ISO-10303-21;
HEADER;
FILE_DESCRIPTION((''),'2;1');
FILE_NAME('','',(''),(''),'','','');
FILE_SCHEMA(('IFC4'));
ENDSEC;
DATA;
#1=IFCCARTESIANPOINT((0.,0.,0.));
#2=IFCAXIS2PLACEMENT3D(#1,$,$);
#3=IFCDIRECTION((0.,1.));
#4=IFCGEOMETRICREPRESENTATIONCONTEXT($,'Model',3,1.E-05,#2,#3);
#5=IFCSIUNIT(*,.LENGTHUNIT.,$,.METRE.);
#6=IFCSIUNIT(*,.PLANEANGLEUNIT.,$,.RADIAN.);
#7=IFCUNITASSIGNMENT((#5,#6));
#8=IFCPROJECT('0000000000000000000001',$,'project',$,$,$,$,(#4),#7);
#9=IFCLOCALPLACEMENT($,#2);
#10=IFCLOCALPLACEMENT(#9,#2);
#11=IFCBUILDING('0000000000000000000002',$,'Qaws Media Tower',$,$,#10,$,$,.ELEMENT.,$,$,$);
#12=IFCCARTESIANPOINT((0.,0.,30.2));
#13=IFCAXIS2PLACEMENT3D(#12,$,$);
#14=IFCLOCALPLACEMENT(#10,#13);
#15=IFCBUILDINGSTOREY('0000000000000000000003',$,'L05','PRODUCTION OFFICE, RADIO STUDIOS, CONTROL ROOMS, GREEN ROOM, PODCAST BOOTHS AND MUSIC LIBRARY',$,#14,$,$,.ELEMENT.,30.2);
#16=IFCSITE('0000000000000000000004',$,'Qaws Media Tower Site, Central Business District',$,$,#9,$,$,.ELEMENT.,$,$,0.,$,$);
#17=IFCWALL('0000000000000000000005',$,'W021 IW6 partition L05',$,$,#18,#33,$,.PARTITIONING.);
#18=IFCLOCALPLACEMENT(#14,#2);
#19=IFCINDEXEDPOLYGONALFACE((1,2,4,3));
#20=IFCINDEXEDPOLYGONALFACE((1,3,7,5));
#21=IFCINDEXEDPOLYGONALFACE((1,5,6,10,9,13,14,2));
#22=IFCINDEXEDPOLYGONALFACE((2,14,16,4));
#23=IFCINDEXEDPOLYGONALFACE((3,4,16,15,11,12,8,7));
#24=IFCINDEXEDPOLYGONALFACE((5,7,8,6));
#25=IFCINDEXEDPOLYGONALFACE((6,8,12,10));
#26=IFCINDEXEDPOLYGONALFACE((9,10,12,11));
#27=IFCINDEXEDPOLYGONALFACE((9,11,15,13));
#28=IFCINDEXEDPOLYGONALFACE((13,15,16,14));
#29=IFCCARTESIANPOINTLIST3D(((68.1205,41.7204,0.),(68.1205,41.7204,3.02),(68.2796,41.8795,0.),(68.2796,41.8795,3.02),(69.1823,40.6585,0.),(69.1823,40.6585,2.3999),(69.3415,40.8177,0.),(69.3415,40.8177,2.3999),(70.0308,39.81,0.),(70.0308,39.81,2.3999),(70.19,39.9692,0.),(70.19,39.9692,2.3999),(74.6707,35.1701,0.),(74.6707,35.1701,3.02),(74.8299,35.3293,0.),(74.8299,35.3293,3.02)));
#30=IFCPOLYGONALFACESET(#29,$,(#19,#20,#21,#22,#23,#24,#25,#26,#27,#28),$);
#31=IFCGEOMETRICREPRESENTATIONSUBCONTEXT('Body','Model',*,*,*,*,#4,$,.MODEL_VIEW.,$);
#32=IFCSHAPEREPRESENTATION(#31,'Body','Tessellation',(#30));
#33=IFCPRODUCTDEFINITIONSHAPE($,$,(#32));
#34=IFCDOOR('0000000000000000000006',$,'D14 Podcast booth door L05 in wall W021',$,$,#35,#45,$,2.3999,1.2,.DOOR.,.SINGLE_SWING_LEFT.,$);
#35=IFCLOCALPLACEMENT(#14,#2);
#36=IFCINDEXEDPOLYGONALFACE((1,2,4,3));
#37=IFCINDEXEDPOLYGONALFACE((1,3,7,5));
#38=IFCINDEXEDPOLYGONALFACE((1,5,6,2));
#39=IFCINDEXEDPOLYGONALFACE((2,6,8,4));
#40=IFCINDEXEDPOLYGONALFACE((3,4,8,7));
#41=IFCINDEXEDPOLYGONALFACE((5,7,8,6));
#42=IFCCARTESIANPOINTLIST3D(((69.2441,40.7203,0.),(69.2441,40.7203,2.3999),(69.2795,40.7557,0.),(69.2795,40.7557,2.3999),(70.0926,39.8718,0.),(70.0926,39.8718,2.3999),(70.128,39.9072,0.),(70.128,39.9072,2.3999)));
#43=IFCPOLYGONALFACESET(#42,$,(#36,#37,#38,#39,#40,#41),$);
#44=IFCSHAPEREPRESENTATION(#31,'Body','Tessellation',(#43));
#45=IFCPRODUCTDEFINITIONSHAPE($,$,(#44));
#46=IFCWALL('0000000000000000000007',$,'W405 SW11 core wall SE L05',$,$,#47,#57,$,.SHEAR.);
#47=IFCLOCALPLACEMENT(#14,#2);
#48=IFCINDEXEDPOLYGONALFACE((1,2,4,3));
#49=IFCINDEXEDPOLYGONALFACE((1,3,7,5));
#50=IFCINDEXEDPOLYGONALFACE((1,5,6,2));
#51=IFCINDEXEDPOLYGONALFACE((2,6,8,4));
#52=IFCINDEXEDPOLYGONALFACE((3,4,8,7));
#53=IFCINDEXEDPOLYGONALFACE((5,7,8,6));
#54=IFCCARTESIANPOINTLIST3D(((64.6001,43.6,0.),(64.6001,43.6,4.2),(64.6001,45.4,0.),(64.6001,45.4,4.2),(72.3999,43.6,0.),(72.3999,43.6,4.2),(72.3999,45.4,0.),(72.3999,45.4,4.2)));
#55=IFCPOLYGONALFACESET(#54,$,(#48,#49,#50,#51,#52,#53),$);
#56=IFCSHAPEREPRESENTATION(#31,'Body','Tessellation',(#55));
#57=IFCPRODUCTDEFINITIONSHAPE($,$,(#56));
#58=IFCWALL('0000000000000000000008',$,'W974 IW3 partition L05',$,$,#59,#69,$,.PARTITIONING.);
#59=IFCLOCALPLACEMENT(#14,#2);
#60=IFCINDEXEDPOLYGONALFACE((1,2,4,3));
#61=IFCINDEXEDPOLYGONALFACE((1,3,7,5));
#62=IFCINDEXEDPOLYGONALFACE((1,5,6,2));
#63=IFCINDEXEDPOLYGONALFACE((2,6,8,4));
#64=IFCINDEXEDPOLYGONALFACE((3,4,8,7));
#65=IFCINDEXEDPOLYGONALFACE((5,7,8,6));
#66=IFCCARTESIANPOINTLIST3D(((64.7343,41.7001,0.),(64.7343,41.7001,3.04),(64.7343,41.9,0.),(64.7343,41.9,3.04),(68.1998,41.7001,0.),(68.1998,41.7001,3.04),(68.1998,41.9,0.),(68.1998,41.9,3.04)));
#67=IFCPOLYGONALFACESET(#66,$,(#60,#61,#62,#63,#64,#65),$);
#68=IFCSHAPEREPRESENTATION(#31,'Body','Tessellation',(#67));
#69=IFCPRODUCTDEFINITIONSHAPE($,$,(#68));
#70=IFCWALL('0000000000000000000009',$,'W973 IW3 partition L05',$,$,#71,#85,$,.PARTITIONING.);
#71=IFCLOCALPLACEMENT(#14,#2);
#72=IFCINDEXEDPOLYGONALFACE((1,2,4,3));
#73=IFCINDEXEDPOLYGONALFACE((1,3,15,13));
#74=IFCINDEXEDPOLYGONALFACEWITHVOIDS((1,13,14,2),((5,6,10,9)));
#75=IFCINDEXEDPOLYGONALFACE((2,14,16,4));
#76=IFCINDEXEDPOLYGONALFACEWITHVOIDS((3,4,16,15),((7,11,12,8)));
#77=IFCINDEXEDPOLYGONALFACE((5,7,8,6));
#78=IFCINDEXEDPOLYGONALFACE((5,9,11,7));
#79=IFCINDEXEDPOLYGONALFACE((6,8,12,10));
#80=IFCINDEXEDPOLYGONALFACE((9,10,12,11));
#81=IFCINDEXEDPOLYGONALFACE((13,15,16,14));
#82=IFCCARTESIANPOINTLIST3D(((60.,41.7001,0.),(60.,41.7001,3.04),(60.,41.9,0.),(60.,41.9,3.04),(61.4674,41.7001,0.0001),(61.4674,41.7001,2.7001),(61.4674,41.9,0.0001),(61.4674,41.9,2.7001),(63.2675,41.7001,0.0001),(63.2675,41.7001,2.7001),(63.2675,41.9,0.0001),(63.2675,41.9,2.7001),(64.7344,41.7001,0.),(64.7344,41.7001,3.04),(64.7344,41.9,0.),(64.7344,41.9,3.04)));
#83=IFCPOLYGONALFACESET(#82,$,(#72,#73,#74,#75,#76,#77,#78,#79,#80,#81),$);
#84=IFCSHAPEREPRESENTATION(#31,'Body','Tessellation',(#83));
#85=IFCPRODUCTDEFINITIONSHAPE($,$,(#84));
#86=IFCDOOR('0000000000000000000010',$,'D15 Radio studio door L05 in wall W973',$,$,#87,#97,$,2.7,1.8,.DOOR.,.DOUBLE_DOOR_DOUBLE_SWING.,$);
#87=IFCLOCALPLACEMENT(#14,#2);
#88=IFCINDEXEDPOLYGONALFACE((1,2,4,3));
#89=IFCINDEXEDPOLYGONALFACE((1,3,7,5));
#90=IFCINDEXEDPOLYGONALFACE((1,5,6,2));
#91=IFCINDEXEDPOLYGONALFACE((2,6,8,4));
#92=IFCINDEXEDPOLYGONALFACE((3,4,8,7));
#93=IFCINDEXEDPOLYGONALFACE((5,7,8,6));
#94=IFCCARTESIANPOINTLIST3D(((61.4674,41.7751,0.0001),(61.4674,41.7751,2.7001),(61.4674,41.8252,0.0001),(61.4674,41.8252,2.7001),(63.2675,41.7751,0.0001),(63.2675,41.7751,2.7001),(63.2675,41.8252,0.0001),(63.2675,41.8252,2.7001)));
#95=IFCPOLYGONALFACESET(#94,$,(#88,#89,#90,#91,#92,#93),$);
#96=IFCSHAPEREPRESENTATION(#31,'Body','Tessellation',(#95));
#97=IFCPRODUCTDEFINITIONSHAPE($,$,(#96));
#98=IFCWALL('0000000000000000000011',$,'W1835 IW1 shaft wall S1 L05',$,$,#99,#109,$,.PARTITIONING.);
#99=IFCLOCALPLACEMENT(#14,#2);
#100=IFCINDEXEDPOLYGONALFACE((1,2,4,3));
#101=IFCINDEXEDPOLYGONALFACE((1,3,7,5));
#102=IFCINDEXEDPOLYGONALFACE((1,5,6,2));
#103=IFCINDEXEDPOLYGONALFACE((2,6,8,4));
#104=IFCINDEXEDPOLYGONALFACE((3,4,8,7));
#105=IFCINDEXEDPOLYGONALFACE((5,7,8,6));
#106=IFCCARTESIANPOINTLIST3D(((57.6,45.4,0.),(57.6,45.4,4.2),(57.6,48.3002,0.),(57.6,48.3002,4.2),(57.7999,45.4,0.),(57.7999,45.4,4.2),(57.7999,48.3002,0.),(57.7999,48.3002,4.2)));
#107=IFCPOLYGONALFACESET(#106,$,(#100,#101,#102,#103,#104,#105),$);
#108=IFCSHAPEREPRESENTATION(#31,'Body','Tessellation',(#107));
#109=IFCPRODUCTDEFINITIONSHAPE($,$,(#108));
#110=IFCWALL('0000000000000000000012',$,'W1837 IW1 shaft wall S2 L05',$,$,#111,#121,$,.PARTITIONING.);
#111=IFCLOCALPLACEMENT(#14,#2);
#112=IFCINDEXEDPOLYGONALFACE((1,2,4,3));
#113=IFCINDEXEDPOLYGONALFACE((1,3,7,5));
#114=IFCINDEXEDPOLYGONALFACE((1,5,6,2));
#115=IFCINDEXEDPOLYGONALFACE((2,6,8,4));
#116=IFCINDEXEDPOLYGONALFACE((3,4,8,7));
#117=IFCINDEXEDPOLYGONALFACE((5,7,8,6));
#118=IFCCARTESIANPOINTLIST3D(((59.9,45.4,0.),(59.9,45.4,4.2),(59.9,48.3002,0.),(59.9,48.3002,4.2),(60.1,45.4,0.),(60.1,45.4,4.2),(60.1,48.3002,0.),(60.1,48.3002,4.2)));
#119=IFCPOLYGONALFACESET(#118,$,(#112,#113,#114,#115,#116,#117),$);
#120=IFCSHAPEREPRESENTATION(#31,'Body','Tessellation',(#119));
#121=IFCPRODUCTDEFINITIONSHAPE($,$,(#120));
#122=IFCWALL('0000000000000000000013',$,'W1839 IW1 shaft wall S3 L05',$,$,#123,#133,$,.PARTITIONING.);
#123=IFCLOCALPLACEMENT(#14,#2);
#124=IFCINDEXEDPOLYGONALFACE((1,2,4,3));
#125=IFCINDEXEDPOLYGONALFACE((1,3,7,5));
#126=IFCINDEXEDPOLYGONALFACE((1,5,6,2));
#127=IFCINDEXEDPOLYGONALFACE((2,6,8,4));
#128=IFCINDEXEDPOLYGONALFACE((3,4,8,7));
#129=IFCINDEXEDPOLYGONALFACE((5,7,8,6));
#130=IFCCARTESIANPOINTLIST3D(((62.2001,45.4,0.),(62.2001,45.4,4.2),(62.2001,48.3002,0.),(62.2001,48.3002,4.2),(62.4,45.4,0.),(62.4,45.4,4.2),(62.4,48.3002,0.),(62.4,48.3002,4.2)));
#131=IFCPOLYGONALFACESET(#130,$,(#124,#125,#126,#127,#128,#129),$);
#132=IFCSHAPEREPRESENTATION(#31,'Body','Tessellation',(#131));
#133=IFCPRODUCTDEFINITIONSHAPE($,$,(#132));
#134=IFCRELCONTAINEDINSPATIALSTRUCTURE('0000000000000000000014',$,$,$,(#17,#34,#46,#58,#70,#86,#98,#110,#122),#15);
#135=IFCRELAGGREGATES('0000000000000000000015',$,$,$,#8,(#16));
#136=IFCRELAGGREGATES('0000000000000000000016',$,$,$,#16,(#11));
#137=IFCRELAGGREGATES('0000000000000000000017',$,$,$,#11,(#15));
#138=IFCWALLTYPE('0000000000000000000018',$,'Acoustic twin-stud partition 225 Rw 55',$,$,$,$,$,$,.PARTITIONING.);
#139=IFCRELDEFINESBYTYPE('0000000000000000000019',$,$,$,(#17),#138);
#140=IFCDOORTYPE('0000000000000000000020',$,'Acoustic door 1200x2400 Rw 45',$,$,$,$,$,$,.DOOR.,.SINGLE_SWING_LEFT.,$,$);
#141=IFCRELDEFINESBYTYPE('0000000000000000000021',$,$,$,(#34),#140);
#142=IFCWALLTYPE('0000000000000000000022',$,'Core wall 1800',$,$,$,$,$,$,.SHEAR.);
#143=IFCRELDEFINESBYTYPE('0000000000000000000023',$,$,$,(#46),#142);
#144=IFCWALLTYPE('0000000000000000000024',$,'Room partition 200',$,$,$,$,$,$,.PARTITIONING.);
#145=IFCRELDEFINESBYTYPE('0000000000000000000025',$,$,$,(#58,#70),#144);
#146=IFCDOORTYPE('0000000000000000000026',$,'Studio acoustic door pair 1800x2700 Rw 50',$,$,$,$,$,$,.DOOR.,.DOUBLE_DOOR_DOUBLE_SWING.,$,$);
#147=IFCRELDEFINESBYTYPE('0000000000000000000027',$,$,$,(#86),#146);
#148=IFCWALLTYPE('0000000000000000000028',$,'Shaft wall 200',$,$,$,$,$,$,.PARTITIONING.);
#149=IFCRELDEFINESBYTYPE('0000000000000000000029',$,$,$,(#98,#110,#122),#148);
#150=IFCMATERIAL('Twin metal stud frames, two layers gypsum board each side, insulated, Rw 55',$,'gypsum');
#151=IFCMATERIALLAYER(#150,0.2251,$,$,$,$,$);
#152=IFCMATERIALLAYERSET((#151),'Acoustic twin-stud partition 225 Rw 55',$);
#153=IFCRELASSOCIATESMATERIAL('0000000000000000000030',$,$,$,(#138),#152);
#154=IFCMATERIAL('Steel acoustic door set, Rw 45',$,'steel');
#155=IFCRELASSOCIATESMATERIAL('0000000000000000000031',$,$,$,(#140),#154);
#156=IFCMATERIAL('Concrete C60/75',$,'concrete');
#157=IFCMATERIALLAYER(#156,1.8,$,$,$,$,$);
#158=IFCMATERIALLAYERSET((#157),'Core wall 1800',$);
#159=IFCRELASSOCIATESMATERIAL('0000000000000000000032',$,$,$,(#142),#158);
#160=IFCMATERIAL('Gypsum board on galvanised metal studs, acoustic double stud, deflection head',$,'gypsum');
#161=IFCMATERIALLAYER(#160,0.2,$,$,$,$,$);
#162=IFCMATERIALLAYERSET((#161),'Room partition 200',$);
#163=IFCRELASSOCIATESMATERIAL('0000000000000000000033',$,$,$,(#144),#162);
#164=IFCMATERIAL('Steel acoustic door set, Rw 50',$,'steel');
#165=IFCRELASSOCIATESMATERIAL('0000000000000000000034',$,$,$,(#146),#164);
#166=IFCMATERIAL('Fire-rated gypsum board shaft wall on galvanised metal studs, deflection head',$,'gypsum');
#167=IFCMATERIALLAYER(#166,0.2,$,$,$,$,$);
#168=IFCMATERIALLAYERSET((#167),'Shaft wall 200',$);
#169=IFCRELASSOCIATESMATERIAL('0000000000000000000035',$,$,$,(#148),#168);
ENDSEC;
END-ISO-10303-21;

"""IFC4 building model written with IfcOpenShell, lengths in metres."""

from ifc_helpers import new_model, si_unit, direction, frame, frame_2d, origin, place, context, subcontext, project, spatial, rectangle, extrude, material, layer, layer_set, type_object, element, fill, save


model = new_model("IFC4")

# Units and contexts
model_context = context("Model", 3, precision=1e-05, world=origin(), true_north=direction((0.0, 1.0)))
body_context = subcontext(model_context, "Body", "Model", "MODEL_VIEW")
ifc_project = project(units=[si_unit("LENGTHUNIT", "METRE"), si_unit("PLANEANGLEUNIT", "RADIAN")], contexts=[model_context])

# Site, building, storey
site_placement = place(None, origin())
site = spatial("IfcSite", under=ifc_project, at=site_placement, Name="Qaws Media Tower Site, Central Business District", CompositionType="ELEMENT", RefElevation=0.0)
building_placement = place(site_placement, origin())
building = spatial("IfcBuilding", under=site, at=building_placement, Name="Qaws Media Tower", CompositionType="ELEMENT")
storey_placement = place(building_placement, frame((0.0, 0.0, 30.2)))
storey = spatial("IfcBuildingStorey", under=building, at=storey_placement, Name="L05", Description="PRODUCTION OFFICE, RADIO STUDIOS, CONTROL ROOMS, GREEN ROOM, PODCAST BOOTHS AND MUSIC LIBRARY", CompositionType="ELEMENT", Elevation=30.2)

# Shared definitions
ifc_material_1 = material(Name="Twin metal stud frames, two layers gypsum board each side, insulated, Rw 55", Category="gypsum")
ifc_layer_1 = layer(ifc_material_1, 0.2251)
ifc_layer_set_1 = layer_set([ifc_layer_1], Name="Acoustic twin-stud partition 225 Rw 55")
wall_type_1 = type_object("IfcWallType", Name="Acoustic twin-stud partition 225 Rw 55", PredefinedType="PARTITIONING", material=ifc_layer_set_1)

# Wall, opening, door
wall_1_placement = place(storey_placement, frame((68.2, 41.8, 0.0), z_axis=(0.0, 0.0, 1.0), x_axis=(0.707107, -0.707107, 0.0)))
wall_1 = element("IfcWall", 1, at=wall_1_placement, inside=storey, type_object=wall_type_1, Name="W021 IW6 partition L05", PredefinedType="PARTITIONING", context=body_context, shape_type="SweptSolid", body=[
    extrude(rectangle(XDim=9.2634, YDim=0.2251, at=frame_2d((4.6318, 0.0))), origin(), (0.0, 0.0, 1.0), 3.02),
])
opening_1_placement = place(wall_1_placement, frame((1.5017, 0.0, 0.0)))
opening_1 = element("IfcOpeningElement", 2, at=opening_1_placement, cuts=wall_1, PredefinedType="OPENING", context=body_context, shape_type="SweptSolid", body=[
    extrude(rectangle(XDim=1.2, YDim=2.3999, at=frame_2d((0.6001, 1.2))), frame((0.0, 0.1226, 0.0), z_axis=(0.0, -1.0, 0.0), x_axis=(1.0, 0.0, 0.0)), (0.0, 0.0, 1.0), 0.2451),
])
ifc_material_2 = material(Name="Steel acoustic door set, Rw 45", Category="steel")
door_type_1 = type_object("IfcDoorType", Name="Acoustic door 1200x2400 Rw 45", OperationType="SINGLE_SWING_LEFT", PredefinedType="DOOR", material=ifc_material_2)
door_1_placement = place(opening_1_placement, origin())
door_1 = element("IfcDoor", 3, at=door_1_placement, inside=storey, type_object=door_type_1, Name="D14 Podcast booth door L05 in wall W021", OperationType="SINGLE_SWING_LEFT", OverallHeight=2.3999, OverallWidth=1.2, PredefinedType="DOOR", context=body_context, shape_type="SweptSolid", body=[
    extrude(rectangle(XDim=1.2, YDim=2.3999, at=frame_2d((0.6001, 1.2))), frame((0.0, 0.0249, 0.0), z_axis=(0.0, -1.0, 0.0), x_axis=(1.0, 0.0, 0.0)), (0.0, 0.0, 1.0), 0.05),
])
fill(opening_1, door_1)

# Walls
ifc_material_3 = material(Name="Concrete C60/75", Category="concrete")
ifc_layer_2 = layer(ifc_material_3, 1.8)
ifc_layer_set_2 = layer_set([ifc_layer_2], Name="Core wall 1800")
wall_type_2 = type_object("IfcWallType", Name="Core wall 1800", PredefinedType="SHEAR", material=ifc_layer_set_2)
wall_2_placement = place(storey_placement, frame((64.6001, 44.5, 0.0), z_axis=(0.0, 0.0, 1.0), x_axis=(1.0, 0.0, 0.0)))
element("IfcWall", 4, at=wall_2_placement, inside=storey, type_object=wall_type_2, Name="W405 SW11 core wall SE L05", PredefinedType="SHEAR", context=body_context, shape_type="SweptSolid", body=[
    extrude(rectangle(XDim=7.7998, YDim=1.8, at=frame_2d((3.8999, 0.0))), origin(), (0.0, 0.0, 1.0), 4.2),
])
ifc_material_4 = material(Name="Gypsum board on galvanised metal studs, acoustic double stud, deflection head", Category="gypsum")
ifc_layer_3 = layer(ifc_material_4, 0.2)
ifc_layer_set_3 = layer_set([ifc_layer_3], Name="Room partition 200")
wall_type_3 = type_object("IfcWallType", Name="Room partition 200", PredefinedType="PARTITIONING", material=ifc_layer_set_3)
wall_3_placement = place(storey_placement, frame((68.2, 41.8, 0.0), z_axis=(0.0, 0.0, 1.0), x_axis=(-1.0, 0.0, 0.0)))
element("IfcWall", 5, at=wall_3_placement, inside=storey, type_object=wall_type_3, Name="W974 IW3 partition L05", PredefinedType="PARTITIONING", context=body_context, shape_type="SweptSolid", body=[
    extrude(rectangle(XDim=3.4656, YDim=0.2, at=frame_2d((1.7329, 0.0))), origin(), (0.0, 0.0, 1.0), 3.04),
])

# Wall, opening, door
wall_4_placement = place(storey_placement, frame((64.7344, 41.8, 0.0), z_axis=(0.0, 0.0, 1.0), x_axis=(-1.0, 0.0, 0.0)))
wall_4 = element("IfcWall", 6, at=wall_4_placement, inside=storey, type_object=wall_type_3, Name="W973 IW3 partition L05", PredefinedType="PARTITIONING", context=body_context, shape_type="SweptSolid", body=[
    extrude(rectangle(XDim=4.7344, YDim=0.2, at=frame_2d((2.3672, 0.0))), origin(), (0.0, 0.0, 1.0), 3.04),
])
opening_2_placement = place(wall_4_placement, frame((1.467, 0.0, 0.0)))
opening_2 = element("IfcOpeningElement", 7, at=opening_2_placement, cuts=wall_4, PredefinedType="OPENING", context=body_context, shape_type="SweptSolid", body=[
    extrude(rectangle(XDim=1.8, YDim=2.7, at=frame_2d((0.8999, 1.3501))), frame((0.0, 0.1099, 0.0), z_axis=(0.0, -1.0, 0.0), x_axis=(1.0, 0.0, 0.0)), (0.0, 0.0, 1.0), 0.22),
])
ifc_material_5 = material(Name="Steel acoustic door set, Rw 50", Category="steel")
door_type_2 = type_object("IfcDoorType", Name="Studio acoustic door pair 1800x2700 Rw 50", OperationType="DOUBLE_DOOR_DOUBLE_SWING", PredefinedType="DOOR", material=ifc_material_5)
door_2_placement = place(opening_2_placement, origin())
door_2 = element("IfcDoor", 8, at=door_2_placement, inside=storey, type_object=door_type_2, Name="D15 Radio studio door L05 in wall W973", OperationType="DOUBLE_DOOR_DOUBLE_SWING", OverallHeight=2.7, OverallWidth=1.8, PredefinedType="DOOR", context=body_context, shape_type="SweptSolid", body=[
    extrude(rectangle(XDim=1.8, YDim=2.7, at=frame_2d((0.8999, 1.3501))), frame((0.0, 0.0249, 0.0), z_axis=(0.0, -1.0, 0.0), x_axis=(1.0, 0.0, 0.0)), (0.0, 0.0, 1.0), 0.05),
])
fill(opening_2, door_2)

# Walls
ifc_material_6 = material(Name="Fire-rated gypsum board shaft wall on galvanised metal studs, deflection head", Category="gypsum")
ifc_layer_4 = layer(ifc_material_6, 0.2)
ifc_layer_set_4 = layer_set([ifc_layer_4], Name="Shaft wall 200")
wall_type_4 = type_object("IfcWallType", Name="Shaft wall 200", PredefinedType="PARTITIONING", material=ifc_layer_set_4)
for number, where, z_axis, x_axis, name in (
    (9, (57.7, 45.3999, 0.0), (0.0, 0.0, 1.0), (0.0, 1.0, 0.0), "W1835 IW1 shaft wall S1 L05"),
    (10, (60.0, 45.3999, 0.0), (0.0, 0.0, 1.0), (0.0, 1.0, 0.0), "W1837 IW1 shaft wall S2 L05"),
    (11, (62.3, 45.3999, 0.0), (0.0, 0.0, 1.0), (0.0, 1.0, 0.0), "W1839 IW1 shaft wall S3 L05"),
):
    element("IfcWall", number, at=place(storey_placement, frame(where, z_axis=z_axis, x_axis=x_axis)), inside=storey, type_object=wall_type_4, Name=name, PredefinedType="PARTITIONING", context=body_context, shape_type="SweptSolid", body=[
        extrude(rectangle(XDim=2.9001, YDim=0.2, at=frame_2d((1.4502, 0.0))), origin(), (0.0, 0.0, 1.0), 4.2),
    ])

save(model, "model.ifc")
